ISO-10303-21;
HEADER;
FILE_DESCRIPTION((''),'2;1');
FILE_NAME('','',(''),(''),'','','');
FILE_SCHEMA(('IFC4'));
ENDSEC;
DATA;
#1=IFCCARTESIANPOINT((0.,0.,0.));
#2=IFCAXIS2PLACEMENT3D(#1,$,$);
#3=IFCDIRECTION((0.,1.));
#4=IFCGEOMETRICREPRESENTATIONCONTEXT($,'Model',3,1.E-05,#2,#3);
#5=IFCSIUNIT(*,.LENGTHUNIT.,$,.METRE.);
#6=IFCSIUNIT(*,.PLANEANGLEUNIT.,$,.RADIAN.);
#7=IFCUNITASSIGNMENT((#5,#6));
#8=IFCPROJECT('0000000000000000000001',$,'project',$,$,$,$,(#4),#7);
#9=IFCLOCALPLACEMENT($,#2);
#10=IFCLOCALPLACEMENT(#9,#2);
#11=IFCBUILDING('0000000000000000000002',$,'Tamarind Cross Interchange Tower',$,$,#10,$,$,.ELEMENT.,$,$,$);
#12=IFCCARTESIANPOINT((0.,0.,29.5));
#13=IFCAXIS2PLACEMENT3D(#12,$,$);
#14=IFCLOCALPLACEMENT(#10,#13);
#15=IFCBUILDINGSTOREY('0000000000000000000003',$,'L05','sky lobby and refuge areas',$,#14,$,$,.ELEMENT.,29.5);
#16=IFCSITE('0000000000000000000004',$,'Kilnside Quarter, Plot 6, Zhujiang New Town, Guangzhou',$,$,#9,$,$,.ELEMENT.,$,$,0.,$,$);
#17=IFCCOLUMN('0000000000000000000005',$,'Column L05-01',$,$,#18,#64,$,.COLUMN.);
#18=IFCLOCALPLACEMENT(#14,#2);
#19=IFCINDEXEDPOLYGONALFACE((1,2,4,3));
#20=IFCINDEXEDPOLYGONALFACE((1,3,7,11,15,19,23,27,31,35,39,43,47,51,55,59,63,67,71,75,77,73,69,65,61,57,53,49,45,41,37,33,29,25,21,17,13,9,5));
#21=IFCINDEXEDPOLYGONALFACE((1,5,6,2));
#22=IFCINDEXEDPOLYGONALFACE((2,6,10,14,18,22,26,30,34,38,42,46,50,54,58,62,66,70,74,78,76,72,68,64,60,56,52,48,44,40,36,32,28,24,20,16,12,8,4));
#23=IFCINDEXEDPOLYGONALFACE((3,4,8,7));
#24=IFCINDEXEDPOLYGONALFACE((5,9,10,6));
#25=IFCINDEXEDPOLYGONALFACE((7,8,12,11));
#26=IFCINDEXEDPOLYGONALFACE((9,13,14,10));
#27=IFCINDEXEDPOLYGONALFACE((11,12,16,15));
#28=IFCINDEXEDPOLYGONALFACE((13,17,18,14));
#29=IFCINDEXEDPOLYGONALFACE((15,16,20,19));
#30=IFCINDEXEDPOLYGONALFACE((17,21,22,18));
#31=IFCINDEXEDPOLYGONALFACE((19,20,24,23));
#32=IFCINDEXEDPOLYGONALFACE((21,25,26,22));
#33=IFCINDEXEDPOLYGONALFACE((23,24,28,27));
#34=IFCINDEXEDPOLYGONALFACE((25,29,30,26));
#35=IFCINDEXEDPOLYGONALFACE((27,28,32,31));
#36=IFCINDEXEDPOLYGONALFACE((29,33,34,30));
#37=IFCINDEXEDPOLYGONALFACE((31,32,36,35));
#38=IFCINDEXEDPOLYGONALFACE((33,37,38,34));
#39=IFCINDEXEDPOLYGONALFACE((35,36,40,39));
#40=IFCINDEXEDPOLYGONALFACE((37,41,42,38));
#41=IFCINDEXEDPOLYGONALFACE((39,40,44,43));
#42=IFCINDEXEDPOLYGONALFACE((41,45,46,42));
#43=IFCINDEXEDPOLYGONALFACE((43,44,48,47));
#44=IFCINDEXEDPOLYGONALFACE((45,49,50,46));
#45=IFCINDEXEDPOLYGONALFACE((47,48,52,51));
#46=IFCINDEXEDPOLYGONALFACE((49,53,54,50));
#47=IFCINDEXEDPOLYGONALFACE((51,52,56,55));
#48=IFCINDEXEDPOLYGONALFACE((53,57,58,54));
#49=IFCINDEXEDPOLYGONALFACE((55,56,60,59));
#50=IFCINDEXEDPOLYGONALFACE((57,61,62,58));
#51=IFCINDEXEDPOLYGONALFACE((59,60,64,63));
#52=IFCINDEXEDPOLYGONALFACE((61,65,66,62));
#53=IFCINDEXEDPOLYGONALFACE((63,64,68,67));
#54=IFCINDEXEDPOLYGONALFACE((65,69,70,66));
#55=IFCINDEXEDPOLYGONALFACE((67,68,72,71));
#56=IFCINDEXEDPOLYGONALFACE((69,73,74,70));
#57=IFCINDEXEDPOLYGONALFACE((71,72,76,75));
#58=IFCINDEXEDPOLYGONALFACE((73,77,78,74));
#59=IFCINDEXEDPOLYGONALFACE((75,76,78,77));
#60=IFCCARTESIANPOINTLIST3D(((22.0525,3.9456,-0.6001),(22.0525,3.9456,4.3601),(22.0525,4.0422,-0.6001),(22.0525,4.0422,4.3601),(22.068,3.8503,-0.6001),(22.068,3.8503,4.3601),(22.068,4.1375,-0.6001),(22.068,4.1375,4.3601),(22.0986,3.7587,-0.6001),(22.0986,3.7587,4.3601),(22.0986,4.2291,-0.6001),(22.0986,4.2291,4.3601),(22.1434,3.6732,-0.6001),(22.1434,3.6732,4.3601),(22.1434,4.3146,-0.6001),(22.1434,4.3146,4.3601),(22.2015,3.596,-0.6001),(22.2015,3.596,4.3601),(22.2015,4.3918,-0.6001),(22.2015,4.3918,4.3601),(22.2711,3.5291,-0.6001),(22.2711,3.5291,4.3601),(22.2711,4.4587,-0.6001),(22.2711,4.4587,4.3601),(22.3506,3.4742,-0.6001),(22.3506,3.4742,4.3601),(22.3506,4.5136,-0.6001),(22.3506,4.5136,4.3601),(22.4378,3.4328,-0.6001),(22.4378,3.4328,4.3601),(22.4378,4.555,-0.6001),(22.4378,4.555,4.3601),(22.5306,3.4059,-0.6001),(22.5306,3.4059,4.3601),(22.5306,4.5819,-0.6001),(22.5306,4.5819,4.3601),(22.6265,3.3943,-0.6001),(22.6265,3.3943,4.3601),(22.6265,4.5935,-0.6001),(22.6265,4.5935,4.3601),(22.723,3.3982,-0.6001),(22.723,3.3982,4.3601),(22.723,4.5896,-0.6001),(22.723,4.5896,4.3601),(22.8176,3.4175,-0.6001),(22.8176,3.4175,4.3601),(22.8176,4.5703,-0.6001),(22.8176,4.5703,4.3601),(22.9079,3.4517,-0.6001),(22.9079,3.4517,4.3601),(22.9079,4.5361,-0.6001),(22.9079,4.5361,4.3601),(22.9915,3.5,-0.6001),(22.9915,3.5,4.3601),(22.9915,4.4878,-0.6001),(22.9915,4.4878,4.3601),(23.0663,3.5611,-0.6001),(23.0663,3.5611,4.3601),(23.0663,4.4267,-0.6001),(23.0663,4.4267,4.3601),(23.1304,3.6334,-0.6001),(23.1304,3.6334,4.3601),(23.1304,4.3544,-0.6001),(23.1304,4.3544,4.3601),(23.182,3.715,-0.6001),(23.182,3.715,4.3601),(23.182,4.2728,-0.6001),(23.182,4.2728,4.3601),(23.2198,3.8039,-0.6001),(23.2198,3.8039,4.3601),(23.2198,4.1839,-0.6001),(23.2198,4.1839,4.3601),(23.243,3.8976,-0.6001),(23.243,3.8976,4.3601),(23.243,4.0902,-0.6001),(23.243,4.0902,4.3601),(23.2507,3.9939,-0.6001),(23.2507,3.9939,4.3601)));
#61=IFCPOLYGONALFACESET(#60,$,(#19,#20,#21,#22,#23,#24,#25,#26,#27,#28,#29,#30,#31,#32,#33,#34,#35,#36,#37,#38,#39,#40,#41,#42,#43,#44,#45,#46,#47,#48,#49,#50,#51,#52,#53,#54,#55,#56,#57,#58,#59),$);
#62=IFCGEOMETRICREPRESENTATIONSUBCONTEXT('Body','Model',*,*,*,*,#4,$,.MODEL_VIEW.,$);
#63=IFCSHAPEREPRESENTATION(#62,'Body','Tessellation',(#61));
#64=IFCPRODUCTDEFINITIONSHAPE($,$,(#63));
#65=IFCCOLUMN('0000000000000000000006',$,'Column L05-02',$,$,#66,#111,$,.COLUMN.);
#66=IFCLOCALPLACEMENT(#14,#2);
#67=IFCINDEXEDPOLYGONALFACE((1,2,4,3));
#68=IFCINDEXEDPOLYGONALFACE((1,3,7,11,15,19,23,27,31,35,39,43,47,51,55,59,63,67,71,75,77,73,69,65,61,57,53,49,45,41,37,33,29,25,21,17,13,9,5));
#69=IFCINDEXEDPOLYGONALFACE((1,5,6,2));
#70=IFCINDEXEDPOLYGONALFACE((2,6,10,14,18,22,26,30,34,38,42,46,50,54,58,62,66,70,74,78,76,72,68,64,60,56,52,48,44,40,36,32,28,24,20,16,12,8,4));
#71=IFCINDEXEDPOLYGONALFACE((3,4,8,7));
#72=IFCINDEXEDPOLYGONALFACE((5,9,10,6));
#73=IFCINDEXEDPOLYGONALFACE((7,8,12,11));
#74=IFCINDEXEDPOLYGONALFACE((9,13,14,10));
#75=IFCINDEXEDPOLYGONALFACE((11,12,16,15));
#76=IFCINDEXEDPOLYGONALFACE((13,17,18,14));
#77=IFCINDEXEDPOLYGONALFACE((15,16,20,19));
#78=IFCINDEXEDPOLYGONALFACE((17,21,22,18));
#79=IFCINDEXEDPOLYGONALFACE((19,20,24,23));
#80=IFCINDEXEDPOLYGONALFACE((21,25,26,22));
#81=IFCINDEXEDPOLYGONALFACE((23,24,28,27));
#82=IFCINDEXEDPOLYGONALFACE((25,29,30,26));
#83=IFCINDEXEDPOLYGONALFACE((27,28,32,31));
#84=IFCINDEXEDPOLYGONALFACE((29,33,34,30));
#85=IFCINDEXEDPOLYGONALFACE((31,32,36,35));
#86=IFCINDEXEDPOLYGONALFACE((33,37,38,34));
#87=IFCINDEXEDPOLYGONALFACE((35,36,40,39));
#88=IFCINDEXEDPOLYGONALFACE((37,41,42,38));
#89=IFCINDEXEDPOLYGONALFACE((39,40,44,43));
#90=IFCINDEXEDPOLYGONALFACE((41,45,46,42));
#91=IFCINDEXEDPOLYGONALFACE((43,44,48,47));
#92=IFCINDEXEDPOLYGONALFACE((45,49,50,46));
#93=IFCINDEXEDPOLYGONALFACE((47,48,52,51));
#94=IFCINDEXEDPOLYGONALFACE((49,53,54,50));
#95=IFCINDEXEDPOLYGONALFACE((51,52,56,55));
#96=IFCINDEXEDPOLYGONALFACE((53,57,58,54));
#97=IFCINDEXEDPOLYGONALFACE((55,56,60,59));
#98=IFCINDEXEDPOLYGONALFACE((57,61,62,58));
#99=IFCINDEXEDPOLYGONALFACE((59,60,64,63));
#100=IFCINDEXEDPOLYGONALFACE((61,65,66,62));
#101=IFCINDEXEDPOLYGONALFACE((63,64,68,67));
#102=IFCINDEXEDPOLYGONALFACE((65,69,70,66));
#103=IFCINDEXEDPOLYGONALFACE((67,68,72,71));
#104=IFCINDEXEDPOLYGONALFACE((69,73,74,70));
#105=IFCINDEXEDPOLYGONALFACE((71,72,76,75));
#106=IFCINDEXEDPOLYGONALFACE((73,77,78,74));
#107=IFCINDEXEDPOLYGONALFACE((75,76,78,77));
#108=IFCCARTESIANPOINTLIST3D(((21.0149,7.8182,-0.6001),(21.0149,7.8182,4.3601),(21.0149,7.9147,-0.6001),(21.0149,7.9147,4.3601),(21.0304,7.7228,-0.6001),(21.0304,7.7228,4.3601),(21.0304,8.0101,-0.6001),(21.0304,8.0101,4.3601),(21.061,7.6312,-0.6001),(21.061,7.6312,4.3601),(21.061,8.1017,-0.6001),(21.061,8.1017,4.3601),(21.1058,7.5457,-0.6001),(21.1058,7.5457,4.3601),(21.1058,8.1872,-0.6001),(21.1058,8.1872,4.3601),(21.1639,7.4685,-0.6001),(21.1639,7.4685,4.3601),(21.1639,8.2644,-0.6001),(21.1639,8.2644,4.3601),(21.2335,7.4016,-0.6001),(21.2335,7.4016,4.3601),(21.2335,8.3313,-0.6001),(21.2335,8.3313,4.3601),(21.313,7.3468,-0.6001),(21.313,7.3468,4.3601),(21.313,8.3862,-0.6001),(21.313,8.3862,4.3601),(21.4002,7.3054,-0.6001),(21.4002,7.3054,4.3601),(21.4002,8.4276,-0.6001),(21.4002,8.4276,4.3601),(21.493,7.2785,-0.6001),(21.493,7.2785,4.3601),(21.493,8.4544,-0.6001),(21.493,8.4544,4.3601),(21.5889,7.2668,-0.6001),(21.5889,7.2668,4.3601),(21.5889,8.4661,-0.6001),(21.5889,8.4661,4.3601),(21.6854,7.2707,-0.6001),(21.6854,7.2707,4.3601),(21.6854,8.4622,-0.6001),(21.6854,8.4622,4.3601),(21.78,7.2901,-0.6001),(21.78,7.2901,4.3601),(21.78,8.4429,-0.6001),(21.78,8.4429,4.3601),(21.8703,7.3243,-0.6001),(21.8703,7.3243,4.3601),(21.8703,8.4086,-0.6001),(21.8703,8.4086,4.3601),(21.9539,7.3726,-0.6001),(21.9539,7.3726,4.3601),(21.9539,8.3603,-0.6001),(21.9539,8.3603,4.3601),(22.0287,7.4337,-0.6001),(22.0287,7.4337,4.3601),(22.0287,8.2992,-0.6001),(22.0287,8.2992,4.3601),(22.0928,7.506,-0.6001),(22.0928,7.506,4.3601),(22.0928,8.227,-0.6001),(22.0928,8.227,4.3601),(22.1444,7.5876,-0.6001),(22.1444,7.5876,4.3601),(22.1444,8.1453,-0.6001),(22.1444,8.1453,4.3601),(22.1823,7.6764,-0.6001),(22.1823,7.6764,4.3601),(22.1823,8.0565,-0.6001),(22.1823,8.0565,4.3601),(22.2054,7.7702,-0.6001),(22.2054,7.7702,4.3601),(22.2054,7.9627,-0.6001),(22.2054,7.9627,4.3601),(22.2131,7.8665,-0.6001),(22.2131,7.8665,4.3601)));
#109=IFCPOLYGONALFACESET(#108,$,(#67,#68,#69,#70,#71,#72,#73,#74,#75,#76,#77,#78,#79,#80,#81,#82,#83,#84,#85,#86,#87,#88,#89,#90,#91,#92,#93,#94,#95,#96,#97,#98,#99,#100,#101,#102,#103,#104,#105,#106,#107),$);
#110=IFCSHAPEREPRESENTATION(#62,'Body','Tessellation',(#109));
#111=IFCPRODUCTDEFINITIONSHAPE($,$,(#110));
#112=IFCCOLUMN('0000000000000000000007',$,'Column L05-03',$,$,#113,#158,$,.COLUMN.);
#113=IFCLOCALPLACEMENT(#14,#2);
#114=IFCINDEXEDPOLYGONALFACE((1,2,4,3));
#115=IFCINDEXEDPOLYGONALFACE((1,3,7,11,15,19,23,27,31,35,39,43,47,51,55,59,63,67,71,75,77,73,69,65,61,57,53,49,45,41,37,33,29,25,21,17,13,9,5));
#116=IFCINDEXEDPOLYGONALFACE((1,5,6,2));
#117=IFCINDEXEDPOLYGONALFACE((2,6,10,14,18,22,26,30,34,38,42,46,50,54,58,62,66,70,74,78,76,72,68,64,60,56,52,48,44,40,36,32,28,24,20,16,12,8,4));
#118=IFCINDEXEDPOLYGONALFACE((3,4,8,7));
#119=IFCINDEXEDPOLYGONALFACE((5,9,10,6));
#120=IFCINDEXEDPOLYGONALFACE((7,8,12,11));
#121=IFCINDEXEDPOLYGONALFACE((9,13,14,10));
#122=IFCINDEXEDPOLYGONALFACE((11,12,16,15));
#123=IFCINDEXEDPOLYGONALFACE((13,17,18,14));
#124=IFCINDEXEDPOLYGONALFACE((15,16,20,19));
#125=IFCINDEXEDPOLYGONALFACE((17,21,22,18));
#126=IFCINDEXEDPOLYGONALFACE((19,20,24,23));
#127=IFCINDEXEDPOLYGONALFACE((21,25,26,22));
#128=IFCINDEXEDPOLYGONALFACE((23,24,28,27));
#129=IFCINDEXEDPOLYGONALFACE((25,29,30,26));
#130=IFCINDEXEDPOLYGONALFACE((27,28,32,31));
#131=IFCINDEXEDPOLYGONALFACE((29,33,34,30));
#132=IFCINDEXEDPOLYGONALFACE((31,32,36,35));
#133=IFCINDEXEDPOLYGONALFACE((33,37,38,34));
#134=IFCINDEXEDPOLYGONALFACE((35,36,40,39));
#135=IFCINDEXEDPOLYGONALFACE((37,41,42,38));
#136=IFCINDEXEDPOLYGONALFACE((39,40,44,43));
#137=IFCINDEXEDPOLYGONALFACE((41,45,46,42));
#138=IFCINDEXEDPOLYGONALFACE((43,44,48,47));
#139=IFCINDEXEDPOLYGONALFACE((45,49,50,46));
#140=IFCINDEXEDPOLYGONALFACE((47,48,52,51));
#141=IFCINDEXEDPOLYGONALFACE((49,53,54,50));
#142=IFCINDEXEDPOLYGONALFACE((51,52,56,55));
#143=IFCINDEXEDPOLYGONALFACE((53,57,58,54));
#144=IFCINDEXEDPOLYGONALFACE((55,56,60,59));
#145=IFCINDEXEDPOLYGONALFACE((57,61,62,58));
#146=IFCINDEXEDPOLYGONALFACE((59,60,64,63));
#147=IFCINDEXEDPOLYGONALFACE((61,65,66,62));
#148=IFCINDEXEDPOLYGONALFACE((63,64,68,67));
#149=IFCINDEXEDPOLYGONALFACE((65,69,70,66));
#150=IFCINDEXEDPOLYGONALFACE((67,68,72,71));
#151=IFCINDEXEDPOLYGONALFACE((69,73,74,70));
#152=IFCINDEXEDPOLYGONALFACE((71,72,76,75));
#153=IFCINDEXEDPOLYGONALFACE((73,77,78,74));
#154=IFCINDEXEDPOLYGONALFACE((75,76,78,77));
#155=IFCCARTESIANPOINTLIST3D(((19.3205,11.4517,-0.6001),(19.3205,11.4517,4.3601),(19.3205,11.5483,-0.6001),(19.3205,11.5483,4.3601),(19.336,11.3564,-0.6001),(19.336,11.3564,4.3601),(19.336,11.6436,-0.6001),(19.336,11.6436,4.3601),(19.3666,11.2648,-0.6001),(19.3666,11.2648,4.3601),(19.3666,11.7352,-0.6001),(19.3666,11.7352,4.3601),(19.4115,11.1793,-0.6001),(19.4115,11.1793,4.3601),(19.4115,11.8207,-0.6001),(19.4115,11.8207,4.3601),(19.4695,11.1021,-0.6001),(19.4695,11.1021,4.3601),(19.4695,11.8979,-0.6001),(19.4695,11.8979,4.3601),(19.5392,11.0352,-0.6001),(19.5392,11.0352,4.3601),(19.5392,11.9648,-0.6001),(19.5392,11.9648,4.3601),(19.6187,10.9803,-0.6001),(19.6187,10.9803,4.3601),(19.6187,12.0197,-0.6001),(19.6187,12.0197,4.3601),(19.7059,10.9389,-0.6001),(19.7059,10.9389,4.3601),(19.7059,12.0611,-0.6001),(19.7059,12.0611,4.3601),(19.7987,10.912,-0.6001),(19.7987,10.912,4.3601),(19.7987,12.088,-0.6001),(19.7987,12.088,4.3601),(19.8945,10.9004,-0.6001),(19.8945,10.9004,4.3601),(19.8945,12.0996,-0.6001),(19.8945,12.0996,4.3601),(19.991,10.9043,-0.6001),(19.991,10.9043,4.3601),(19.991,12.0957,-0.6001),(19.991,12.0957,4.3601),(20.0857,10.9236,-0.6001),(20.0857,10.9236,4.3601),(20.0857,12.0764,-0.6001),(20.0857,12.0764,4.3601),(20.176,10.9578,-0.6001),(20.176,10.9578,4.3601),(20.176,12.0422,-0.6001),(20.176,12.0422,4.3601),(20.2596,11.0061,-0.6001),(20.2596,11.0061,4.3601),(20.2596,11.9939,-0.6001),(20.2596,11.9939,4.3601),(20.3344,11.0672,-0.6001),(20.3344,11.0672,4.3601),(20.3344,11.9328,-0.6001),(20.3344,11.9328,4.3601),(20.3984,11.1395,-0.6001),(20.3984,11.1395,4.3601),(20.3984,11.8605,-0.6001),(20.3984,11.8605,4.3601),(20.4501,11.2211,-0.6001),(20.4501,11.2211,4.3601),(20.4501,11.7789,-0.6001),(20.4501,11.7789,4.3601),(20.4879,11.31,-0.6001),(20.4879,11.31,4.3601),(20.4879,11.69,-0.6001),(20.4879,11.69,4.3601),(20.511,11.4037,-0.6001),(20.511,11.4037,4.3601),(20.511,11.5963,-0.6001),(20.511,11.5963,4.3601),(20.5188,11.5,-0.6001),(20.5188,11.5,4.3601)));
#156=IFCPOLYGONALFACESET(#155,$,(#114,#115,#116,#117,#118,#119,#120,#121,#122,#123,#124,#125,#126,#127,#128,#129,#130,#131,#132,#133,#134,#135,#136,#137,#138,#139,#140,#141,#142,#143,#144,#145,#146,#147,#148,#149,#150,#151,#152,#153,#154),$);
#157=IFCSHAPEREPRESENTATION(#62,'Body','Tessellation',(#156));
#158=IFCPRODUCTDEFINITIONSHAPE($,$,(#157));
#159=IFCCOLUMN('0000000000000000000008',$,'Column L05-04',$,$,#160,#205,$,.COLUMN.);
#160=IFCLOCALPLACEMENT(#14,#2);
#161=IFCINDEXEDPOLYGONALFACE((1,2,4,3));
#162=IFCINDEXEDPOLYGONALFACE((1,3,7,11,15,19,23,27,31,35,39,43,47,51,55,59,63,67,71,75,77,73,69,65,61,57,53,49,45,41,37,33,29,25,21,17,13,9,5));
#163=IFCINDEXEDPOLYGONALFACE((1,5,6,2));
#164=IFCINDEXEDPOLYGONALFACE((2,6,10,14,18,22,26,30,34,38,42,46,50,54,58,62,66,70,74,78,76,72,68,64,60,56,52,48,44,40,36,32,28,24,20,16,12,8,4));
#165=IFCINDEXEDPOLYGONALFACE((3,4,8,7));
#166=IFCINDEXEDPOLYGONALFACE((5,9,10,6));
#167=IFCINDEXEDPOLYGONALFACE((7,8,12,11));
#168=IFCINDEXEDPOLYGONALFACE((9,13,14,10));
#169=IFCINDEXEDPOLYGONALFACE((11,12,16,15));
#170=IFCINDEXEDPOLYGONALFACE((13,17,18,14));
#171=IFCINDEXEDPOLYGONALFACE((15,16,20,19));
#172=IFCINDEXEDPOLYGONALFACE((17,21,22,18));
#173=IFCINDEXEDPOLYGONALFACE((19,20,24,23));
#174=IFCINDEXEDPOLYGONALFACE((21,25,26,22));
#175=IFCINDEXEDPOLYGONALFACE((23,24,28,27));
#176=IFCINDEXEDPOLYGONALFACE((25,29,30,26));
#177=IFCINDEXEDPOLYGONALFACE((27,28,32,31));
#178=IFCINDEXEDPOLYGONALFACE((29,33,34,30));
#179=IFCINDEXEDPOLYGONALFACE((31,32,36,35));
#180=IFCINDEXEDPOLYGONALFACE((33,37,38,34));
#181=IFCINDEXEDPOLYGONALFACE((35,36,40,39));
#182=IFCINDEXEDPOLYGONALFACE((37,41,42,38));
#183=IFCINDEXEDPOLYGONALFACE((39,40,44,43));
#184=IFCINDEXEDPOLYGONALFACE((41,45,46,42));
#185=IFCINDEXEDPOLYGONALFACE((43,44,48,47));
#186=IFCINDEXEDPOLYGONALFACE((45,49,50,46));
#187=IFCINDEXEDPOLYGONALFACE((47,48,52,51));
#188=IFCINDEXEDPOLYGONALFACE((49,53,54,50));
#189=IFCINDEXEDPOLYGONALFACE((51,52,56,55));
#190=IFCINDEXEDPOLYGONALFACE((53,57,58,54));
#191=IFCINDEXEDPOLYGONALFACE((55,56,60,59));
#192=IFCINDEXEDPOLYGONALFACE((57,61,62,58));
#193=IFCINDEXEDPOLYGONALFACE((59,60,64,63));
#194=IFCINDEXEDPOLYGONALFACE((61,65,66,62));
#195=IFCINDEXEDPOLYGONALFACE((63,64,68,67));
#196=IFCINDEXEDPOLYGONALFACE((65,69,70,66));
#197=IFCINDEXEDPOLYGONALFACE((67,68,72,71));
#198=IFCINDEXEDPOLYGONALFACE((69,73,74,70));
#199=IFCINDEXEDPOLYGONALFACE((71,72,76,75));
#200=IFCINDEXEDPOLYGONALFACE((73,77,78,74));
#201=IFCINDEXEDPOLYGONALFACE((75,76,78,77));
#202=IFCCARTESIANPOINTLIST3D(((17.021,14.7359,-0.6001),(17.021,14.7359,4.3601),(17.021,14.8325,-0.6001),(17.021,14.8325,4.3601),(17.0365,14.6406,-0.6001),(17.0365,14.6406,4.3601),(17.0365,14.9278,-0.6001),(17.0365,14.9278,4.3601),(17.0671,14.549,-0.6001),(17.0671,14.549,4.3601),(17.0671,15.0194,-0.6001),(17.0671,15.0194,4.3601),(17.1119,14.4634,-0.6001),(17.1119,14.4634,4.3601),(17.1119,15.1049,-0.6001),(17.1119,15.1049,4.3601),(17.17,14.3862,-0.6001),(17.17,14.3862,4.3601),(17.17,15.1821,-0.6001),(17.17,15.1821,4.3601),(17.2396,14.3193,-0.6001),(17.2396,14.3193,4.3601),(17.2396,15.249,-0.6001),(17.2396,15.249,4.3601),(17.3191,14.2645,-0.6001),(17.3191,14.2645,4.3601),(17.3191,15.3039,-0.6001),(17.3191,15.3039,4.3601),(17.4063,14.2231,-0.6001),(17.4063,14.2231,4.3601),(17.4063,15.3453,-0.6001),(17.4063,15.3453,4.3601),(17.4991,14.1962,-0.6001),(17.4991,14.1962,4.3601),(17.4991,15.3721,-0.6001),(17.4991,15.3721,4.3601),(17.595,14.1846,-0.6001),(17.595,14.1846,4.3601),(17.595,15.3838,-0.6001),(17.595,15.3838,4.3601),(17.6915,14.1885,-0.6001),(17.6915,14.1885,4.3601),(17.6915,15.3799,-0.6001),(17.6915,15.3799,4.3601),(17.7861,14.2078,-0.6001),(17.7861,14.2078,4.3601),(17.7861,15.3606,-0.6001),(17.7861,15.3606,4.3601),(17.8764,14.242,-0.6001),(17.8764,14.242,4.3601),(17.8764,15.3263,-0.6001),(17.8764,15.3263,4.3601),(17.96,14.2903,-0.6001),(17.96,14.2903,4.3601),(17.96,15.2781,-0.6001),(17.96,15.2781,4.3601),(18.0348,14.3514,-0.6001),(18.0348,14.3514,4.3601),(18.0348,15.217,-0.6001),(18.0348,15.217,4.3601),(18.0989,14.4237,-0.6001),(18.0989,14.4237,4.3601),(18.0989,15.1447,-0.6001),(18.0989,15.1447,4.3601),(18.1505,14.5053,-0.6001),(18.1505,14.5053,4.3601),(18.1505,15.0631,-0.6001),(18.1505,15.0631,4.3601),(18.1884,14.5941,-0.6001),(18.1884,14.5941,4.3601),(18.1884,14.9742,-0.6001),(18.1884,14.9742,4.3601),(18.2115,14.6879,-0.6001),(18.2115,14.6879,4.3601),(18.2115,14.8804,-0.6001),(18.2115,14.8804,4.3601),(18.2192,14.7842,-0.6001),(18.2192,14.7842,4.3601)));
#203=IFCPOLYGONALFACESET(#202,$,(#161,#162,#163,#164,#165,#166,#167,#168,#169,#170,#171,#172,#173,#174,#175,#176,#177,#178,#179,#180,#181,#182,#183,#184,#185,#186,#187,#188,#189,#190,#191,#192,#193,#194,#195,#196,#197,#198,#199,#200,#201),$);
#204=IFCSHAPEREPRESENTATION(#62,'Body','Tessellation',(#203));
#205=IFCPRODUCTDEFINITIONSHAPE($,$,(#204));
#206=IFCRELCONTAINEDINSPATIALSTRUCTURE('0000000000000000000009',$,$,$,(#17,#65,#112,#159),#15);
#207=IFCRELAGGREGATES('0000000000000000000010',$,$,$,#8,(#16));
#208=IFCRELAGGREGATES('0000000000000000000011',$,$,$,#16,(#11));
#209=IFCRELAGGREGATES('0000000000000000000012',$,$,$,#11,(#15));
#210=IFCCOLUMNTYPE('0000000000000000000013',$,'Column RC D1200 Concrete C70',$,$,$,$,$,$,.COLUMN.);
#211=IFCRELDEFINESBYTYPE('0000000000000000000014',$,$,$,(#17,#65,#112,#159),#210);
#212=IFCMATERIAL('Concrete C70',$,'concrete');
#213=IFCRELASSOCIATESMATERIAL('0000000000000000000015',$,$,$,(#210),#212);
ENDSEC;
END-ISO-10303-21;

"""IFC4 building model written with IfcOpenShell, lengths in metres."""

from ifc_helpers import new_model, si_unit, direction, frame, origin, origin_2d, place, context, subcontext, project, spatial, circle, extrude, material, material_profile, profile_set, type_object, element, save


model = new_model("IFC4")

# Units and contexts
model_context = context("Model", 3, precision=1e-05, world=origin(), true_north=direction((0.0, 1.0)))
body_context = subcontext(model_context, "Body", "Model", "MODEL_VIEW")
ifc_project = project(units=[si_unit("LENGTHUNIT", "METRE"), si_unit("PLANEANGLEUNIT", "RADIAN")], contexts=[model_context])

# Site, building, storey
site_placement = place(None, origin())
site = spatial("IfcSite", under=ifc_project, at=site_placement, Name="Kilnside Quarter, Plot 6, Zhujiang New Town, Guangzhou", CompositionType="ELEMENT", RefElevation=0.0)
building_placement = place(site_placement, origin())
building = spatial("IfcBuilding", under=site, at=building_placement, Name="Tamarind Cross Interchange Tower", CompositionType="ELEMENT")
storey_placement = place(building_placement, frame((0.0, 0.0, 29.5)))
storey = spatial("IfcBuildingStorey", under=building, at=storey_placement, Name="L05", Description="sky lobby and refuge areas", CompositionType="ELEMENT", Elevation=29.5)

# Columns
ifc_material_1 = material(Name="Concrete C70", Category="concrete")
ifc_material_profile = material_profile(ifc_material_1, circle(Radius=0.6001, at=origin_2d()), Name="RC D1200")
ifc_profile_set = profile_set([ifc_material_profile], Name="Concrete C70")
column_type = type_object("IfcColumnType", Name="Column RC D1200 Concrete C70", PredefinedType="COLUMN", material=ifc_profile_set)
for number, where, z_axis, x_axis, name in (
    (1, (22.6506, 3.9939, -0.6001), (0.0, 0.0, 1.0), (1.0, 0.0, 0.0), "Column L05-01"),
    (2, (21.613, 7.8665, -0.6001), (0.0, 0.0, 1.0), (1.0, 0.0, 0.0), "Column L05-02"),
    (3, (19.9187, 11.5, -0.6001), (0.0, 0.0, 1.0), (1.0, 0.0, 0.0), "Column L05-03"),
    (4, (17.6191, 14.7842, -0.6001), (0.0, 0.0, 1.0), (1.0, 0.0, 0.0), "Column L05-04"),
):
    element("IfcColumn", number, at=place(storey_placement, frame(where, z_axis=z_axis, x_axis=x_axis)), inside=storey, type_object=column_type, Name=name, PredefinedType="COLUMN", context=body_context, shape_type="SweptSolid", body=[
        extrude(circle(Radius=0.6001, at=origin_2d()), origin(), (0.0, 0.0, 1.0), 4.9602),
    ])

save(model, "model.ifc")
